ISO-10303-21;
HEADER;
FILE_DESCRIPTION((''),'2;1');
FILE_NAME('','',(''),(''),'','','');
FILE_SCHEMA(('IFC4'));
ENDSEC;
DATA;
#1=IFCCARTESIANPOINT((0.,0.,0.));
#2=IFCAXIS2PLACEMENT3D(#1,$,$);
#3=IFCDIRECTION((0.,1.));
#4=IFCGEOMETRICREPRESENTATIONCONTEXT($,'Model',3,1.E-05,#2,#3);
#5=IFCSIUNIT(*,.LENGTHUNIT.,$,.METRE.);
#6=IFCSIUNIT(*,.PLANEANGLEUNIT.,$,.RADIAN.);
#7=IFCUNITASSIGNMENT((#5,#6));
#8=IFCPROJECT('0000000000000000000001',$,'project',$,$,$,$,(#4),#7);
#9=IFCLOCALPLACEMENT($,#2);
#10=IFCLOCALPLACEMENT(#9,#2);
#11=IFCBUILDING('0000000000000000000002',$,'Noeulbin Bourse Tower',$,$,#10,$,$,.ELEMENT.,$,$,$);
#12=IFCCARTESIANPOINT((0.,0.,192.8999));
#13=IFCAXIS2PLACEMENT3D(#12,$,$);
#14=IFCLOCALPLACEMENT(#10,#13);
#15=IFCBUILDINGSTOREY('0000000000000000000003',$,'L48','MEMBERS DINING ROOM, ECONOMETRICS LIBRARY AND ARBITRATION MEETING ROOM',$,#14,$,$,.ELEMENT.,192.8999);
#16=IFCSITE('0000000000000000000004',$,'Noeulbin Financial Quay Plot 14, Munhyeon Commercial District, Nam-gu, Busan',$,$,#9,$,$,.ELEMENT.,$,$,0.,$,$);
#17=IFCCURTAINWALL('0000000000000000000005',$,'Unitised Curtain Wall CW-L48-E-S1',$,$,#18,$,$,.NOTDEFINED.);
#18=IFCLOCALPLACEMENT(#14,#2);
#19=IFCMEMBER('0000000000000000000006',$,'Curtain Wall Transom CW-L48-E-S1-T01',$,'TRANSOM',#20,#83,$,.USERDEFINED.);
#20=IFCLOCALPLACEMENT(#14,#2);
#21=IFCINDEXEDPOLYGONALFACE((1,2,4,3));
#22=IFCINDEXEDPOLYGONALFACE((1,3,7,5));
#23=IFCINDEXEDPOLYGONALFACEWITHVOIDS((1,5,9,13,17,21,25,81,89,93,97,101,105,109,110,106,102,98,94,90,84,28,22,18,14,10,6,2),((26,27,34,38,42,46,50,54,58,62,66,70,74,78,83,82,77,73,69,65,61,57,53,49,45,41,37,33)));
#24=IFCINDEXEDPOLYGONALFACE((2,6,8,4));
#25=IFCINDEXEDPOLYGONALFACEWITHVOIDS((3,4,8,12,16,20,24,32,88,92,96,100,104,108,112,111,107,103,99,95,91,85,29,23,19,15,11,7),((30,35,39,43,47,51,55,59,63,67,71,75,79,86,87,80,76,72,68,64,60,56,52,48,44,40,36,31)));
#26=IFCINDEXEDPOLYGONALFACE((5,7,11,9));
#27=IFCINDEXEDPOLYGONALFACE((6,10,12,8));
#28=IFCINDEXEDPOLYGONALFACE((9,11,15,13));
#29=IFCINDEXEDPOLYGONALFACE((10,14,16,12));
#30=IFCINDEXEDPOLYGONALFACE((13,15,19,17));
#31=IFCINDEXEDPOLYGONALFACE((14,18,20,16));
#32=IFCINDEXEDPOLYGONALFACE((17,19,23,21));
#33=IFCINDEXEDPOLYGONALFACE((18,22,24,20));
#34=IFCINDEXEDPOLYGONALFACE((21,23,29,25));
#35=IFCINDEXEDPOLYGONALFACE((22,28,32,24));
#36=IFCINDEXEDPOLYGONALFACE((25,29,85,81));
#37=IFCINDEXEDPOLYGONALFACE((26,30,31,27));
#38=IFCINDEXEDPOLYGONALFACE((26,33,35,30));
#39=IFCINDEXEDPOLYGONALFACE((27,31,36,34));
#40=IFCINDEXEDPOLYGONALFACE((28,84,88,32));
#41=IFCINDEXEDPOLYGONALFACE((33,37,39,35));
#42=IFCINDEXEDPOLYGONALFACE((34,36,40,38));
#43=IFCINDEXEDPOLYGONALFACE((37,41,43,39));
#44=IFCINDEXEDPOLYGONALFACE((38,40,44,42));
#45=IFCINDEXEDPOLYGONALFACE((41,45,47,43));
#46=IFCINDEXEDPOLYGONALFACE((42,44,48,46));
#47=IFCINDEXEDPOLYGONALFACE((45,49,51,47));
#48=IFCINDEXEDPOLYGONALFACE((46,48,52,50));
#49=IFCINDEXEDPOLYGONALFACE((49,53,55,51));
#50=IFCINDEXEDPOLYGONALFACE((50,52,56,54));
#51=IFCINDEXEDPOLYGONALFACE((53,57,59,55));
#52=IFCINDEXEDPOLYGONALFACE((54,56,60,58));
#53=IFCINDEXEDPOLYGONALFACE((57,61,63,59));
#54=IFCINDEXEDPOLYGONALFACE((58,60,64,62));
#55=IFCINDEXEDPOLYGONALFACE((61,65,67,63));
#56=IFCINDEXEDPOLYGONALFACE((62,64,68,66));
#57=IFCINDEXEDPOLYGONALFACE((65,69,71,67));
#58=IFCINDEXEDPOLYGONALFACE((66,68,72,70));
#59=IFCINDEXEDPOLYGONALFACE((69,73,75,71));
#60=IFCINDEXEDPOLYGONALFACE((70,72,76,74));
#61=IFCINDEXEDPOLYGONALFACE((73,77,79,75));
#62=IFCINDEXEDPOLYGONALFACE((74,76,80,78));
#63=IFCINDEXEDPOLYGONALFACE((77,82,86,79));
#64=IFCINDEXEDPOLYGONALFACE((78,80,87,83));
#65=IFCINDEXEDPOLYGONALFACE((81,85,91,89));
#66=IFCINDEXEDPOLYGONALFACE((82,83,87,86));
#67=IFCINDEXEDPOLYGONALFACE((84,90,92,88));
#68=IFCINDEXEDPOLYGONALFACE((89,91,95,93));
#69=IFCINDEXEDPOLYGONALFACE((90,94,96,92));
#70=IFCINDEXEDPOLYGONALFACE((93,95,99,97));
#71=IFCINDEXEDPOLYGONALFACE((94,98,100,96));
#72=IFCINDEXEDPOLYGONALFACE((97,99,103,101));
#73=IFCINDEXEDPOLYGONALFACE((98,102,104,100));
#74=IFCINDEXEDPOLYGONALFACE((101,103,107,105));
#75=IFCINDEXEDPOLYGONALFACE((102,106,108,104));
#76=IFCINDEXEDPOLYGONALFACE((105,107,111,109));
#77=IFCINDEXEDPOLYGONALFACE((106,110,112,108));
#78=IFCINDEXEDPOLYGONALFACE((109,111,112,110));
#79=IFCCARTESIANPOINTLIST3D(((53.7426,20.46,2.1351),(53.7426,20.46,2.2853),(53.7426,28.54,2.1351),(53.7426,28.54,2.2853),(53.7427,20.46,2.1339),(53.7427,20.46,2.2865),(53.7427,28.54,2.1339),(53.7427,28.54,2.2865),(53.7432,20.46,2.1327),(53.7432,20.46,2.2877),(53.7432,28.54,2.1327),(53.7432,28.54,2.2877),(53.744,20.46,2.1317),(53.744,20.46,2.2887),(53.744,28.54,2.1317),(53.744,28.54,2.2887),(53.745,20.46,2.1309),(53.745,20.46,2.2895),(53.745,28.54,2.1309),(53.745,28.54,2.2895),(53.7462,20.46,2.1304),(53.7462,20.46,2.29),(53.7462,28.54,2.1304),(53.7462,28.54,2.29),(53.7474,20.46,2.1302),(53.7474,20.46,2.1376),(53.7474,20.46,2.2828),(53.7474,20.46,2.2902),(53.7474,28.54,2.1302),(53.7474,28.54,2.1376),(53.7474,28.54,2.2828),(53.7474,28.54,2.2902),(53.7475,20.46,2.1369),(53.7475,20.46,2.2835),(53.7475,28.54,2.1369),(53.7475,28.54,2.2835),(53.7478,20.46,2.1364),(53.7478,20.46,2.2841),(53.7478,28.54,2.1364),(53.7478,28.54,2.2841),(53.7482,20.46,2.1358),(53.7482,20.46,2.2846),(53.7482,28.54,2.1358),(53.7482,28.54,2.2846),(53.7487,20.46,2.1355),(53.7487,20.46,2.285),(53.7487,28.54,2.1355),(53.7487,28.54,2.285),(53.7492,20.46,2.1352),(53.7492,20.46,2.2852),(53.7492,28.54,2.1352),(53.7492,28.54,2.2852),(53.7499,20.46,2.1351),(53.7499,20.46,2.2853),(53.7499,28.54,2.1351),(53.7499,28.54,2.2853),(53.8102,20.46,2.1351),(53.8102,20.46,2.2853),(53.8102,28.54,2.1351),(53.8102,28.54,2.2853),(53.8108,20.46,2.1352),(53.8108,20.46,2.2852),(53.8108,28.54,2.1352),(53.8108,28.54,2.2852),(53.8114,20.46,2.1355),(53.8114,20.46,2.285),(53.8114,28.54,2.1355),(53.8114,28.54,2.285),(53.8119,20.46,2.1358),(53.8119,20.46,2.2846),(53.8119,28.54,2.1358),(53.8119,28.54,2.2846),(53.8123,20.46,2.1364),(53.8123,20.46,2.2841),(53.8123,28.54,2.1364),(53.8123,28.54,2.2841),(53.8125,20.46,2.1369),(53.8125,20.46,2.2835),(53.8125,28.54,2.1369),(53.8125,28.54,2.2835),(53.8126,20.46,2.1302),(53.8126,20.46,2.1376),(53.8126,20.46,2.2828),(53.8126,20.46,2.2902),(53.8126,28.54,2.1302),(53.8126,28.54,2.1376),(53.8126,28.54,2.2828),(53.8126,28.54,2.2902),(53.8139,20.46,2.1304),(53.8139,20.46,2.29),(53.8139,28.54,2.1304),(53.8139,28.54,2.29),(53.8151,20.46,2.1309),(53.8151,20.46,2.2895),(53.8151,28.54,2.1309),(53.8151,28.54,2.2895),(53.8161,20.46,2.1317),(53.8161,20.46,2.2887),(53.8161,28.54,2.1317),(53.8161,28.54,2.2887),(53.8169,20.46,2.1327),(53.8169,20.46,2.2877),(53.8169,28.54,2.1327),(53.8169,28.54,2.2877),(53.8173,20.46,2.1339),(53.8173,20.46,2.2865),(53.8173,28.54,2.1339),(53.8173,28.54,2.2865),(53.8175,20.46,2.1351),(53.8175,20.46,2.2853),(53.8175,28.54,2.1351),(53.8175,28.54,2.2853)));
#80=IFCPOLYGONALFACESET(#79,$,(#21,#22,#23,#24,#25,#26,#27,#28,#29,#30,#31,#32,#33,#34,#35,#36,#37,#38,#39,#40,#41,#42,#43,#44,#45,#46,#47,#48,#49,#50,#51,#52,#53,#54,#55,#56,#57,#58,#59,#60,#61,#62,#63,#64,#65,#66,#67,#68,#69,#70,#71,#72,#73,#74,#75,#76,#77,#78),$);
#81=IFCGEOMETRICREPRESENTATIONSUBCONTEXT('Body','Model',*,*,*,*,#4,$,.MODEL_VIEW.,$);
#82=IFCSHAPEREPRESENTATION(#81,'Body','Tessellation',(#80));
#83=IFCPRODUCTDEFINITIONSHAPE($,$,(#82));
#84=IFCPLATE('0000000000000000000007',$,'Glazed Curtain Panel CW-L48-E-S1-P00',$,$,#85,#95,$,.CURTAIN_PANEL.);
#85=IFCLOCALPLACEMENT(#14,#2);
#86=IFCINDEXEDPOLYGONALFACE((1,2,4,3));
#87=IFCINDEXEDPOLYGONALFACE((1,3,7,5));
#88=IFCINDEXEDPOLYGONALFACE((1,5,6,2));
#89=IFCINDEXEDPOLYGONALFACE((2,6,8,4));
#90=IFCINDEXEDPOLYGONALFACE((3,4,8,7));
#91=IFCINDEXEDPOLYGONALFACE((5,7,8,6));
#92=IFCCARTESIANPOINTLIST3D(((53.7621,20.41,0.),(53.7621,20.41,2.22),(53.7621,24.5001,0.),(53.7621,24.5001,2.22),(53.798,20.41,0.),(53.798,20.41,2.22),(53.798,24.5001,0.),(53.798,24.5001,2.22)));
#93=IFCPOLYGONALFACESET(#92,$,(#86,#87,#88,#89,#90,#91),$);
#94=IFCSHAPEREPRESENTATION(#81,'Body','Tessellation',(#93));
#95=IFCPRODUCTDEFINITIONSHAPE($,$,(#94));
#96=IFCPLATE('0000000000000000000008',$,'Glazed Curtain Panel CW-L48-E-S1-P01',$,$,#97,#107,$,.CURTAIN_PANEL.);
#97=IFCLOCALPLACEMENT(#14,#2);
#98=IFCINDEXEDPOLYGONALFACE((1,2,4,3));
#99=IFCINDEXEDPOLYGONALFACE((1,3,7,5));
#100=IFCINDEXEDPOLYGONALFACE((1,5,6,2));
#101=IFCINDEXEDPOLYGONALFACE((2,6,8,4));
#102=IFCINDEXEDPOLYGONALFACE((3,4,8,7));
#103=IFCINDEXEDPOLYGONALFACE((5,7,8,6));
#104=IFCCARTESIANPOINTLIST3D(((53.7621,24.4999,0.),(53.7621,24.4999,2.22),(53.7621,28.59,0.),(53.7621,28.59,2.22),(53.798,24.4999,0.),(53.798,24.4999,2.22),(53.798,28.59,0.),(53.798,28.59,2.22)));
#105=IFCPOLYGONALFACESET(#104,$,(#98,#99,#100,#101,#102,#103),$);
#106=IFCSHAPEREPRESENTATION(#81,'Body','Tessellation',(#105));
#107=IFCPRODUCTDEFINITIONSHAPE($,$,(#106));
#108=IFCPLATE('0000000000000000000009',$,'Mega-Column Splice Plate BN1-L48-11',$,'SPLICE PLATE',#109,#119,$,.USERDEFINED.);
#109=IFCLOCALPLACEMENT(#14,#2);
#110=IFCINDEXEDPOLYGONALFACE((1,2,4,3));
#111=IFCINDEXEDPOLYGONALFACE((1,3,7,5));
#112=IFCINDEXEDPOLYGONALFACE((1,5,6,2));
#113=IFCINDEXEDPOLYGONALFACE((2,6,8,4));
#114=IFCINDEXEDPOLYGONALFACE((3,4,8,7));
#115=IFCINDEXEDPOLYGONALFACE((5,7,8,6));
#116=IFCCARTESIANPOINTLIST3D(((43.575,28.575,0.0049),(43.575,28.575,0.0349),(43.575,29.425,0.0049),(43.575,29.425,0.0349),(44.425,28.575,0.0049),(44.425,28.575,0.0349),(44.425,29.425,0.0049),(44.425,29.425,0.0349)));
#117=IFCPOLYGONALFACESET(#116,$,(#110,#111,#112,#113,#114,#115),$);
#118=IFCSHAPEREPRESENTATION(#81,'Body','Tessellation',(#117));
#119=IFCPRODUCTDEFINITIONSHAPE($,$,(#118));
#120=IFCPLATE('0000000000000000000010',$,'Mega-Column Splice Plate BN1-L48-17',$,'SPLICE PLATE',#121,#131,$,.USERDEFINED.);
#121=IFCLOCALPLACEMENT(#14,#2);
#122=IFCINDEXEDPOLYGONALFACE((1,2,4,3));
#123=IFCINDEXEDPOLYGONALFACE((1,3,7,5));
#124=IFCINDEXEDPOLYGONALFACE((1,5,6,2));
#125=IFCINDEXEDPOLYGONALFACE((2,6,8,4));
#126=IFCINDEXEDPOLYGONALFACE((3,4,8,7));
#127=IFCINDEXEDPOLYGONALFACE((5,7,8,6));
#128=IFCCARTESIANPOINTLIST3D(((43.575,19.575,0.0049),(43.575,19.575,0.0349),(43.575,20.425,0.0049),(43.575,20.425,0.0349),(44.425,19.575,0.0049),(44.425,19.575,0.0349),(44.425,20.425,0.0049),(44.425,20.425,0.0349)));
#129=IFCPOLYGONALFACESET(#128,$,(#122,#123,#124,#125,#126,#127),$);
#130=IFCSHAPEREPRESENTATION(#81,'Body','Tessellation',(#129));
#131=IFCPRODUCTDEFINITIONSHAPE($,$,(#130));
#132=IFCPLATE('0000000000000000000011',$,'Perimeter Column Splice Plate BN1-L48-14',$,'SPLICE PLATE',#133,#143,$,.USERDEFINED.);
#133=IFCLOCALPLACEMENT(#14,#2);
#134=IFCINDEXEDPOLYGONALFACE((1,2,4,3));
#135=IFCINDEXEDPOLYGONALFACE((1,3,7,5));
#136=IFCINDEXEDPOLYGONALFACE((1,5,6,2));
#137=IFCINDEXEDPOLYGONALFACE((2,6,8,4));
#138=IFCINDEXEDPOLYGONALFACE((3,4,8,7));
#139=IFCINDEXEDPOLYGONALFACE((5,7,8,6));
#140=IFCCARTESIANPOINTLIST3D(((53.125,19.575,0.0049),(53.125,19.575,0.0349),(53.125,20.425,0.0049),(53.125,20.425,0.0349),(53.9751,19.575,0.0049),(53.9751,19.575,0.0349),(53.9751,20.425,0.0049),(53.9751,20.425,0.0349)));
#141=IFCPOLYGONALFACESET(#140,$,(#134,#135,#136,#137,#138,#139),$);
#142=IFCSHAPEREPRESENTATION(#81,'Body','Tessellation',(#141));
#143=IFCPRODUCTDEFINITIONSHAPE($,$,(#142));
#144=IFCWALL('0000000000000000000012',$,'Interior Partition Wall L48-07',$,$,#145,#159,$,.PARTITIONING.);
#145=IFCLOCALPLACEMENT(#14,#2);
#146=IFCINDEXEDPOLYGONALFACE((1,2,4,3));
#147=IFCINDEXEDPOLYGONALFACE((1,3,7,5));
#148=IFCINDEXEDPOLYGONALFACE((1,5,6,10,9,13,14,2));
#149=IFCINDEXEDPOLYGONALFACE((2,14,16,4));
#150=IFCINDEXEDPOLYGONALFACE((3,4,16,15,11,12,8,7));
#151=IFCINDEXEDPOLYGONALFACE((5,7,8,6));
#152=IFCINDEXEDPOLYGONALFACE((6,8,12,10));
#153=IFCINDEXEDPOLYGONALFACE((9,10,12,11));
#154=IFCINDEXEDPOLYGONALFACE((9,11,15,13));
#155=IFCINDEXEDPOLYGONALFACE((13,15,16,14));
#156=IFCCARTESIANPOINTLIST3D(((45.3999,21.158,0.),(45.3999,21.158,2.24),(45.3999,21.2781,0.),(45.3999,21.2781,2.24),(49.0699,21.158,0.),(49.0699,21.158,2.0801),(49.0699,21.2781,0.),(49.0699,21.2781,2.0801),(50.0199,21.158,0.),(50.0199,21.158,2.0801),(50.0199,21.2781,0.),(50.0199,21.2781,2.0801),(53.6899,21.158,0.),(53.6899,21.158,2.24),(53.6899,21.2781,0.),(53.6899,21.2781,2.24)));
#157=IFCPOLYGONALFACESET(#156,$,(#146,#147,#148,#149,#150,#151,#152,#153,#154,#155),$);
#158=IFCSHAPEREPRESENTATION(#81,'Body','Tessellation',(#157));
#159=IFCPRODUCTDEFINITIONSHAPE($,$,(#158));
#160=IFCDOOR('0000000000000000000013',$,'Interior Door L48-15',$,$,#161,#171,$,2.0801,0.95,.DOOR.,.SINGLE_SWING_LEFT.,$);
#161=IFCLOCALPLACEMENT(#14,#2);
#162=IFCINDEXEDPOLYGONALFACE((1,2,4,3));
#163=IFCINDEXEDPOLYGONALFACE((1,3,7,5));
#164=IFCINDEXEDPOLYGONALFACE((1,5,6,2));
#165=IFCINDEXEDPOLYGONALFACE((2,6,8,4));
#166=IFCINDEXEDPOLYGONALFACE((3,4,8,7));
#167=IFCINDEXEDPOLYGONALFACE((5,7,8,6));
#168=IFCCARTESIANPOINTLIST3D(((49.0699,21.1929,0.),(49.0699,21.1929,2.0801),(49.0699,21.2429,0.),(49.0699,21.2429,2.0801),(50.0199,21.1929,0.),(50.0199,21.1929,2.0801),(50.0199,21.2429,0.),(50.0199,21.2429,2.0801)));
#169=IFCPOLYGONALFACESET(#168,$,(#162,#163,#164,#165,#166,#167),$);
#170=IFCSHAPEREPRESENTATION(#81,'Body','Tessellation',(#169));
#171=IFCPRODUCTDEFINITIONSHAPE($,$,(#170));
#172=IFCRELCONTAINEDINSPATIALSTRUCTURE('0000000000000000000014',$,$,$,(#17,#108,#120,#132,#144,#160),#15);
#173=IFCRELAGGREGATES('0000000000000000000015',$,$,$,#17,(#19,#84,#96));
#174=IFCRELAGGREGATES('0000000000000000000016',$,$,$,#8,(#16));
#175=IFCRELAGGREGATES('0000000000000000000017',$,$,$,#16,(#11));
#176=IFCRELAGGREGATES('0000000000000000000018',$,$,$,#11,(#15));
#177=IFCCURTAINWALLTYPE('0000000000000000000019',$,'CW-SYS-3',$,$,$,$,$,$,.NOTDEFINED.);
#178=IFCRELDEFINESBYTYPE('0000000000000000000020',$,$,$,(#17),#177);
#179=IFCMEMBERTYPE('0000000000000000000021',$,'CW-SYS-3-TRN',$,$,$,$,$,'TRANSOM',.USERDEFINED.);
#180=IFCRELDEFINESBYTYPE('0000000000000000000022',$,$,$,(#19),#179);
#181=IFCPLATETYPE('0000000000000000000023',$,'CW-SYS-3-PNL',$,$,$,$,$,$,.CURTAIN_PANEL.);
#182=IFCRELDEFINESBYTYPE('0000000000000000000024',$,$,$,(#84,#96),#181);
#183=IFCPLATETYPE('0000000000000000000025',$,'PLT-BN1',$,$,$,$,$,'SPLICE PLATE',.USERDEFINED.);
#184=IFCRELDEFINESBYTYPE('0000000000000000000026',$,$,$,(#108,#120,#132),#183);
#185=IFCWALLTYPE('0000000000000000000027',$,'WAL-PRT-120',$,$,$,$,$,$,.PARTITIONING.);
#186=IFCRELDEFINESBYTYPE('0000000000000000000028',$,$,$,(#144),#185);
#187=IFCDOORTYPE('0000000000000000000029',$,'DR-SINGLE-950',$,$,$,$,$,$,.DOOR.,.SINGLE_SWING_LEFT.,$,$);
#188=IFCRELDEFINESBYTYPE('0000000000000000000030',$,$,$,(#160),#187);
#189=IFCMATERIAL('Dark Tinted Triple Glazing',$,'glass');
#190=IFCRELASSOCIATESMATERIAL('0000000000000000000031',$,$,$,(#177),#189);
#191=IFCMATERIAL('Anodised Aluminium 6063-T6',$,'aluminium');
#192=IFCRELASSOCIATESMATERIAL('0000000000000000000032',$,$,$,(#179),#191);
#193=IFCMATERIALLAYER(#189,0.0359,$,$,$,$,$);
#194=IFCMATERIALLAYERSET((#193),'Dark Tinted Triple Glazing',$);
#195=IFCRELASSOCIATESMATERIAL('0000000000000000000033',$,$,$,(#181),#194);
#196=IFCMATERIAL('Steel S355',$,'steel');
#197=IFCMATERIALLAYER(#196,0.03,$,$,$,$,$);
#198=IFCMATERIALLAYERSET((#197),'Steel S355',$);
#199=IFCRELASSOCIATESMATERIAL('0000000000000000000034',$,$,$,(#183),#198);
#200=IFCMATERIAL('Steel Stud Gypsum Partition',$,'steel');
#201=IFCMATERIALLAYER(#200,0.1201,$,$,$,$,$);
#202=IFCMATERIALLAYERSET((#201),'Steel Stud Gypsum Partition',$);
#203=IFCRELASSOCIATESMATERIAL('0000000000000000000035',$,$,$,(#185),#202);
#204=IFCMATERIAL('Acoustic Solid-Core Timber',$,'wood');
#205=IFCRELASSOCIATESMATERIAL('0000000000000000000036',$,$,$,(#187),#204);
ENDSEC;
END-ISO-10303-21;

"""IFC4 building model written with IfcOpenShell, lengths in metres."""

from ifc_helpers import new_model, si_unit, direction, frame, frame_2d, origin, origin_2d, place, context, subcontext, project, spatial, rectangle, hollow_rectangle, extrude, material, layer, layer_set, material_profile, profile_set, type_object, element, fill, aggregate, save


model = new_model("IFC4")

# Units and contexts
model_context = context("Model", 3, precision=1e-05, world=origin(), true_north=direction((0.0, 1.0)))
body_context = subcontext(model_context, "Body", "Model", "MODEL_VIEW")
ifc_project = project(units=[si_unit("LENGTHUNIT", "METRE"), si_unit("PLANEANGLEUNIT", "RADIAN")], contexts=[model_context])

# Site, building, storey
site_placement = place(None, origin())
site = spatial("IfcSite", under=ifc_project, at=site_placement, Name="Noeulbin Financial Quay Plot 14, Munhyeon Commercial District, Nam-gu, Busan", CompositionType="ELEMENT", RefElevation=0.0)
building_placement = place(site_placement, origin())
building = spatial("IfcBuilding", under=site, at=building_placement, Name="Noeulbin Bourse Tower", CompositionType="ELEMENT")
storey_placement = place(building_placement, frame((0.0, 0.0, 192.8999)))
storey = spatial("IfcBuildingStorey", under=building, at=storey_placement, Name="L48", Description="MEMBERS DINING ROOM, ECONOMETRICS LIBRARY AND ARBITRATION MEETING ROOM", CompositionType="ELEMENT", Elevation=192.8999)

# Shared definitions
ifc_material_1 = material(Name="Steel S355", Category="steel")

# Curtain wall, member, plates
ifc_material_2 = material(Name="Dark Tinted Triple Glazing", Category="glass")
curtain_wall_type = type_object("IfcCurtainWallType", Name="CW-SYS-3", PredefinedType="NOTDEFINED", material=ifc_material_2)
curtain_wall_placement = place(storey_placement, origin())
curtain_wall = element("IfcCurtainWall", 1, at=curtain_wall_placement, inside=storey, type_object=curtain_wall_type, Name="Unitised Curtain Wall CW-L48-E-S1", PredefinedType="NOTDEFINED")
ifc_material_3 = material(Name="Anodised Aluminium 6063-T6", Category="aluminium")
ifc_material_profile_1 = material_profile(ifc_material_3, hollow_rectangle(XDim=0.075, YDim=0.1599, WallThickness=0.0049, InnerFilletRadius=0.0024, OuterFilletRadius=0.0049, at=origin_2d()), Name="ALU-TRAN-75x160x5", Category="LoadBearing")
ifc_profile_set_1 = profile_set([ifc_material_profile_1], Name="Anodised Aluminium 6063-T6")
member_type_1 = type_object("IfcMemberType", Name="CW-SYS-3-TRN", ElementType="TRANSOM", PredefinedType="USERDEFINED", material=ifc_profile_set_1)
member_1_placement = place(storey_placement, frame((53.78, 20.46, 2.2102), z_axis=(0.0, 1.0, 0.0), x_axis=(-1.0, 0.0, 0.0)))
member_1 = element("IfcMember", 2, at=member_1_placement, type_object=member_type_1, Name="Curtain Wall Transom CW-L48-E-S1-T01", ObjectType="TRANSOM", PredefinedType="USERDEFINED", context=body_context, shape_type="SweptSolid", body=[
    extrude(hollow_rectangle(XDim=0.075, YDim=0.1599, WallThickness=0.0049, InnerFilletRadius=0.0024, OuterFilletRadius=0.0049, at=origin_2d()), origin(), (0.0, 0.0, 1.0), 8.0801),
])
ifc_layer_1 = layer(ifc_material_2, 0.0359)
ifc_layer_set_1 = layer_set([ifc_layer_1], Name="Dark Tinted Triple Glazing")
plate_type_1 = type_object("IfcPlateType", Name="CW-SYS-3-PNL", PredefinedType="CURTAIN_PANEL", material=ifc_layer_set_1)
plate_1_placement = place(storey_placement, frame((53.78, 22.4551, 0.0), z_axis=(0.0, 0.0, 1.0), x_axis=(0.0, 1.0, 0.0)))
plate_1 = element("IfcPlate", 3, at=plate_1_placement, type_object=plate_type_1, Name="Glazed Curtain Panel CW-L48-E-S1-P00", PredefinedType="CURTAIN_PANEL", context=body_context, shape_type="SweptSolid", body=[
    extrude(rectangle(XDim=4.0901, YDim=0.0359, at=origin_2d()), origin(), (0.0, 0.0, 1.0), 2.22),
])
plate_2_placement = place(storey_placement, frame((53.78, 26.5449, 0.0), z_axis=(0.0, 0.0, 1.0), x_axis=(0.0, 1.0, 0.0)))
plate_2 = element("IfcPlate", 4, at=plate_2_placement, type_object=plate_type_1, Name="Glazed Curtain Panel CW-L48-E-S1-P01", PredefinedType="CURTAIN_PANEL", context=body_context, shape_type="SweptSolid", body=[
    extrude(rectangle(XDim=4.0901, YDim=0.0359, at=origin_2d()), origin(), (0.0, 0.0, 1.0), 2.22),
])
aggregate(curtain_wall, [member_1, plate_1, plate_2])

# Plates
ifc_layer_2 = layer(ifc_material_1, 0.03)
ifc_layer_set_2 = layer_set([ifc_layer_2], Name="Steel S355")
plate_type_2 = type_object("IfcPlateType", Name="PLT-BN1", ElementType="SPLICE PLATE", PredefinedType="USERDEFINED", material=ifc_layer_set_2)
for number, where, z_axis, x_axis, name in (
    (5, (44.0, 29.0, 0.0049), (0.0, 0.0, 1.0), (1.0, 0.0, 0.0), "Mega-Column Splice Plate BN1-L48-11"),
    (6, (44.0, 20.0, 0.0049), (0.0, 0.0, 1.0), (1.0, 0.0, 0.0), "Mega-Column Splice Plate BN1-L48-17"),
    (7, (53.55, 20.0, 0.0049), (0.0, 0.0, 1.0), (1.0, 0.0, 0.0), "Perimeter Column Splice Plate BN1-L48-14"),
):
    element("IfcPlate", number, at=place(storey_placement, frame(where, z_axis=z_axis, x_axis=x_axis)), inside=storey, type_object=plate_type_2, Name=name, ObjectType="SPLICE PLATE", PredefinedType="USERDEFINED", context=body_context, shape_type="SweptSolid", body=[
        extrude(rectangle(XDim=0.8501, YDim=0.8501, at=origin_2d()), origin(), (0.0, 0.0, 1.0), 0.03),
    ])

# Wall, opening, door
ifc_material_4 = material(Name="Steel Stud Gypsum Partition", Category="steel")
ifc_layer_3 = layer(ifc_material_4, 0.1201)
ifc_layer_set_3 = layer_set([ifc_layer_3], Name="Steel Stud Gypsum Partition")
wall_type_1 = type_object("IfcWallType", Name="WAL-PRT-120", PredefinedType="PARTITIONING", material=ifc_layer_set_3)
wall_1_placement = place(storey_placement, frame((45.3999, 21.218, 0.0), z_axis=(0.0, 0.0, 1.0), x_axis=(1.0, 0.0, 0.0)))
wall_1 = element("IfcWall", 8, at=wall_1_placement, inside=storey, type_object=wall_type_1, Name="Interior Partition Wall L48-07", PredefinedType="PARTITIONING", context=body_context, shape_type="SweptSolid", body=[
    extrude(rectangle(XDim=8.29, YDim=0.1201, at=frame_2d((4.145, 0.0))), origin(), (0.0, 0.0, 1.0), 2.24),
])
opening_1_placement = place(wall_1_placement, frame((3.6699, 0.0, 0.0)))
opening_1 = element("IfcOpeningElement", 9, at=opening_1_placement, cuts=wall_1, PredefinedType="OPENING", context=body_context, shape_type="SweptSolid", body=[
    extrude(rectangle(XDim=0.95, YDim=2.0801, at=frame_2d((0.4751, 1.04))), frame((0.0, 0.0701, 0.0), z_axis=(0.0, -1.0, 0.0), x_axis=(1.0, 0.0, 0.0)), (0.0, 0.0, 1.0), 0.1401),
])
ifc_material_5 = material(Name="Acoustic Solid-Core Timber", Category="wood")
door_type = type_object("IfcDoorType", Name="DR-SINGLE-950", OperationType="SINGLE_SWING_LEFT", PredefinedType="DOOR", material=ifc_material_5)
door_1_placement = place(opening_1_placement, origin())
door_1 = element("IfcDoor", 10, at=door_1_placement, inside=storey, type_object=door_type, Name="Interior Door L48-15", OperationType="SINGLE_SWING_LEFT", OverallHeight=2.0801, OverallWidth=0.95, PredefinedType="DOOR", context=body_context, shape_type="SweptSolid", body=[
    extrude(rectangle(XDim=0.95, YDim=2.0801, at=frame_2d((0.4751, 1.04))), frame((0.0, 0.0249, 0.0), z_axis=(0.0, -1.0, 0.0), x_axis=(1.0, 0.0, 0.0)), (0.0, 0.0, 1.0), 0.05),
])
fill(opening_1, door_1)

save(model, "model.ifc")
